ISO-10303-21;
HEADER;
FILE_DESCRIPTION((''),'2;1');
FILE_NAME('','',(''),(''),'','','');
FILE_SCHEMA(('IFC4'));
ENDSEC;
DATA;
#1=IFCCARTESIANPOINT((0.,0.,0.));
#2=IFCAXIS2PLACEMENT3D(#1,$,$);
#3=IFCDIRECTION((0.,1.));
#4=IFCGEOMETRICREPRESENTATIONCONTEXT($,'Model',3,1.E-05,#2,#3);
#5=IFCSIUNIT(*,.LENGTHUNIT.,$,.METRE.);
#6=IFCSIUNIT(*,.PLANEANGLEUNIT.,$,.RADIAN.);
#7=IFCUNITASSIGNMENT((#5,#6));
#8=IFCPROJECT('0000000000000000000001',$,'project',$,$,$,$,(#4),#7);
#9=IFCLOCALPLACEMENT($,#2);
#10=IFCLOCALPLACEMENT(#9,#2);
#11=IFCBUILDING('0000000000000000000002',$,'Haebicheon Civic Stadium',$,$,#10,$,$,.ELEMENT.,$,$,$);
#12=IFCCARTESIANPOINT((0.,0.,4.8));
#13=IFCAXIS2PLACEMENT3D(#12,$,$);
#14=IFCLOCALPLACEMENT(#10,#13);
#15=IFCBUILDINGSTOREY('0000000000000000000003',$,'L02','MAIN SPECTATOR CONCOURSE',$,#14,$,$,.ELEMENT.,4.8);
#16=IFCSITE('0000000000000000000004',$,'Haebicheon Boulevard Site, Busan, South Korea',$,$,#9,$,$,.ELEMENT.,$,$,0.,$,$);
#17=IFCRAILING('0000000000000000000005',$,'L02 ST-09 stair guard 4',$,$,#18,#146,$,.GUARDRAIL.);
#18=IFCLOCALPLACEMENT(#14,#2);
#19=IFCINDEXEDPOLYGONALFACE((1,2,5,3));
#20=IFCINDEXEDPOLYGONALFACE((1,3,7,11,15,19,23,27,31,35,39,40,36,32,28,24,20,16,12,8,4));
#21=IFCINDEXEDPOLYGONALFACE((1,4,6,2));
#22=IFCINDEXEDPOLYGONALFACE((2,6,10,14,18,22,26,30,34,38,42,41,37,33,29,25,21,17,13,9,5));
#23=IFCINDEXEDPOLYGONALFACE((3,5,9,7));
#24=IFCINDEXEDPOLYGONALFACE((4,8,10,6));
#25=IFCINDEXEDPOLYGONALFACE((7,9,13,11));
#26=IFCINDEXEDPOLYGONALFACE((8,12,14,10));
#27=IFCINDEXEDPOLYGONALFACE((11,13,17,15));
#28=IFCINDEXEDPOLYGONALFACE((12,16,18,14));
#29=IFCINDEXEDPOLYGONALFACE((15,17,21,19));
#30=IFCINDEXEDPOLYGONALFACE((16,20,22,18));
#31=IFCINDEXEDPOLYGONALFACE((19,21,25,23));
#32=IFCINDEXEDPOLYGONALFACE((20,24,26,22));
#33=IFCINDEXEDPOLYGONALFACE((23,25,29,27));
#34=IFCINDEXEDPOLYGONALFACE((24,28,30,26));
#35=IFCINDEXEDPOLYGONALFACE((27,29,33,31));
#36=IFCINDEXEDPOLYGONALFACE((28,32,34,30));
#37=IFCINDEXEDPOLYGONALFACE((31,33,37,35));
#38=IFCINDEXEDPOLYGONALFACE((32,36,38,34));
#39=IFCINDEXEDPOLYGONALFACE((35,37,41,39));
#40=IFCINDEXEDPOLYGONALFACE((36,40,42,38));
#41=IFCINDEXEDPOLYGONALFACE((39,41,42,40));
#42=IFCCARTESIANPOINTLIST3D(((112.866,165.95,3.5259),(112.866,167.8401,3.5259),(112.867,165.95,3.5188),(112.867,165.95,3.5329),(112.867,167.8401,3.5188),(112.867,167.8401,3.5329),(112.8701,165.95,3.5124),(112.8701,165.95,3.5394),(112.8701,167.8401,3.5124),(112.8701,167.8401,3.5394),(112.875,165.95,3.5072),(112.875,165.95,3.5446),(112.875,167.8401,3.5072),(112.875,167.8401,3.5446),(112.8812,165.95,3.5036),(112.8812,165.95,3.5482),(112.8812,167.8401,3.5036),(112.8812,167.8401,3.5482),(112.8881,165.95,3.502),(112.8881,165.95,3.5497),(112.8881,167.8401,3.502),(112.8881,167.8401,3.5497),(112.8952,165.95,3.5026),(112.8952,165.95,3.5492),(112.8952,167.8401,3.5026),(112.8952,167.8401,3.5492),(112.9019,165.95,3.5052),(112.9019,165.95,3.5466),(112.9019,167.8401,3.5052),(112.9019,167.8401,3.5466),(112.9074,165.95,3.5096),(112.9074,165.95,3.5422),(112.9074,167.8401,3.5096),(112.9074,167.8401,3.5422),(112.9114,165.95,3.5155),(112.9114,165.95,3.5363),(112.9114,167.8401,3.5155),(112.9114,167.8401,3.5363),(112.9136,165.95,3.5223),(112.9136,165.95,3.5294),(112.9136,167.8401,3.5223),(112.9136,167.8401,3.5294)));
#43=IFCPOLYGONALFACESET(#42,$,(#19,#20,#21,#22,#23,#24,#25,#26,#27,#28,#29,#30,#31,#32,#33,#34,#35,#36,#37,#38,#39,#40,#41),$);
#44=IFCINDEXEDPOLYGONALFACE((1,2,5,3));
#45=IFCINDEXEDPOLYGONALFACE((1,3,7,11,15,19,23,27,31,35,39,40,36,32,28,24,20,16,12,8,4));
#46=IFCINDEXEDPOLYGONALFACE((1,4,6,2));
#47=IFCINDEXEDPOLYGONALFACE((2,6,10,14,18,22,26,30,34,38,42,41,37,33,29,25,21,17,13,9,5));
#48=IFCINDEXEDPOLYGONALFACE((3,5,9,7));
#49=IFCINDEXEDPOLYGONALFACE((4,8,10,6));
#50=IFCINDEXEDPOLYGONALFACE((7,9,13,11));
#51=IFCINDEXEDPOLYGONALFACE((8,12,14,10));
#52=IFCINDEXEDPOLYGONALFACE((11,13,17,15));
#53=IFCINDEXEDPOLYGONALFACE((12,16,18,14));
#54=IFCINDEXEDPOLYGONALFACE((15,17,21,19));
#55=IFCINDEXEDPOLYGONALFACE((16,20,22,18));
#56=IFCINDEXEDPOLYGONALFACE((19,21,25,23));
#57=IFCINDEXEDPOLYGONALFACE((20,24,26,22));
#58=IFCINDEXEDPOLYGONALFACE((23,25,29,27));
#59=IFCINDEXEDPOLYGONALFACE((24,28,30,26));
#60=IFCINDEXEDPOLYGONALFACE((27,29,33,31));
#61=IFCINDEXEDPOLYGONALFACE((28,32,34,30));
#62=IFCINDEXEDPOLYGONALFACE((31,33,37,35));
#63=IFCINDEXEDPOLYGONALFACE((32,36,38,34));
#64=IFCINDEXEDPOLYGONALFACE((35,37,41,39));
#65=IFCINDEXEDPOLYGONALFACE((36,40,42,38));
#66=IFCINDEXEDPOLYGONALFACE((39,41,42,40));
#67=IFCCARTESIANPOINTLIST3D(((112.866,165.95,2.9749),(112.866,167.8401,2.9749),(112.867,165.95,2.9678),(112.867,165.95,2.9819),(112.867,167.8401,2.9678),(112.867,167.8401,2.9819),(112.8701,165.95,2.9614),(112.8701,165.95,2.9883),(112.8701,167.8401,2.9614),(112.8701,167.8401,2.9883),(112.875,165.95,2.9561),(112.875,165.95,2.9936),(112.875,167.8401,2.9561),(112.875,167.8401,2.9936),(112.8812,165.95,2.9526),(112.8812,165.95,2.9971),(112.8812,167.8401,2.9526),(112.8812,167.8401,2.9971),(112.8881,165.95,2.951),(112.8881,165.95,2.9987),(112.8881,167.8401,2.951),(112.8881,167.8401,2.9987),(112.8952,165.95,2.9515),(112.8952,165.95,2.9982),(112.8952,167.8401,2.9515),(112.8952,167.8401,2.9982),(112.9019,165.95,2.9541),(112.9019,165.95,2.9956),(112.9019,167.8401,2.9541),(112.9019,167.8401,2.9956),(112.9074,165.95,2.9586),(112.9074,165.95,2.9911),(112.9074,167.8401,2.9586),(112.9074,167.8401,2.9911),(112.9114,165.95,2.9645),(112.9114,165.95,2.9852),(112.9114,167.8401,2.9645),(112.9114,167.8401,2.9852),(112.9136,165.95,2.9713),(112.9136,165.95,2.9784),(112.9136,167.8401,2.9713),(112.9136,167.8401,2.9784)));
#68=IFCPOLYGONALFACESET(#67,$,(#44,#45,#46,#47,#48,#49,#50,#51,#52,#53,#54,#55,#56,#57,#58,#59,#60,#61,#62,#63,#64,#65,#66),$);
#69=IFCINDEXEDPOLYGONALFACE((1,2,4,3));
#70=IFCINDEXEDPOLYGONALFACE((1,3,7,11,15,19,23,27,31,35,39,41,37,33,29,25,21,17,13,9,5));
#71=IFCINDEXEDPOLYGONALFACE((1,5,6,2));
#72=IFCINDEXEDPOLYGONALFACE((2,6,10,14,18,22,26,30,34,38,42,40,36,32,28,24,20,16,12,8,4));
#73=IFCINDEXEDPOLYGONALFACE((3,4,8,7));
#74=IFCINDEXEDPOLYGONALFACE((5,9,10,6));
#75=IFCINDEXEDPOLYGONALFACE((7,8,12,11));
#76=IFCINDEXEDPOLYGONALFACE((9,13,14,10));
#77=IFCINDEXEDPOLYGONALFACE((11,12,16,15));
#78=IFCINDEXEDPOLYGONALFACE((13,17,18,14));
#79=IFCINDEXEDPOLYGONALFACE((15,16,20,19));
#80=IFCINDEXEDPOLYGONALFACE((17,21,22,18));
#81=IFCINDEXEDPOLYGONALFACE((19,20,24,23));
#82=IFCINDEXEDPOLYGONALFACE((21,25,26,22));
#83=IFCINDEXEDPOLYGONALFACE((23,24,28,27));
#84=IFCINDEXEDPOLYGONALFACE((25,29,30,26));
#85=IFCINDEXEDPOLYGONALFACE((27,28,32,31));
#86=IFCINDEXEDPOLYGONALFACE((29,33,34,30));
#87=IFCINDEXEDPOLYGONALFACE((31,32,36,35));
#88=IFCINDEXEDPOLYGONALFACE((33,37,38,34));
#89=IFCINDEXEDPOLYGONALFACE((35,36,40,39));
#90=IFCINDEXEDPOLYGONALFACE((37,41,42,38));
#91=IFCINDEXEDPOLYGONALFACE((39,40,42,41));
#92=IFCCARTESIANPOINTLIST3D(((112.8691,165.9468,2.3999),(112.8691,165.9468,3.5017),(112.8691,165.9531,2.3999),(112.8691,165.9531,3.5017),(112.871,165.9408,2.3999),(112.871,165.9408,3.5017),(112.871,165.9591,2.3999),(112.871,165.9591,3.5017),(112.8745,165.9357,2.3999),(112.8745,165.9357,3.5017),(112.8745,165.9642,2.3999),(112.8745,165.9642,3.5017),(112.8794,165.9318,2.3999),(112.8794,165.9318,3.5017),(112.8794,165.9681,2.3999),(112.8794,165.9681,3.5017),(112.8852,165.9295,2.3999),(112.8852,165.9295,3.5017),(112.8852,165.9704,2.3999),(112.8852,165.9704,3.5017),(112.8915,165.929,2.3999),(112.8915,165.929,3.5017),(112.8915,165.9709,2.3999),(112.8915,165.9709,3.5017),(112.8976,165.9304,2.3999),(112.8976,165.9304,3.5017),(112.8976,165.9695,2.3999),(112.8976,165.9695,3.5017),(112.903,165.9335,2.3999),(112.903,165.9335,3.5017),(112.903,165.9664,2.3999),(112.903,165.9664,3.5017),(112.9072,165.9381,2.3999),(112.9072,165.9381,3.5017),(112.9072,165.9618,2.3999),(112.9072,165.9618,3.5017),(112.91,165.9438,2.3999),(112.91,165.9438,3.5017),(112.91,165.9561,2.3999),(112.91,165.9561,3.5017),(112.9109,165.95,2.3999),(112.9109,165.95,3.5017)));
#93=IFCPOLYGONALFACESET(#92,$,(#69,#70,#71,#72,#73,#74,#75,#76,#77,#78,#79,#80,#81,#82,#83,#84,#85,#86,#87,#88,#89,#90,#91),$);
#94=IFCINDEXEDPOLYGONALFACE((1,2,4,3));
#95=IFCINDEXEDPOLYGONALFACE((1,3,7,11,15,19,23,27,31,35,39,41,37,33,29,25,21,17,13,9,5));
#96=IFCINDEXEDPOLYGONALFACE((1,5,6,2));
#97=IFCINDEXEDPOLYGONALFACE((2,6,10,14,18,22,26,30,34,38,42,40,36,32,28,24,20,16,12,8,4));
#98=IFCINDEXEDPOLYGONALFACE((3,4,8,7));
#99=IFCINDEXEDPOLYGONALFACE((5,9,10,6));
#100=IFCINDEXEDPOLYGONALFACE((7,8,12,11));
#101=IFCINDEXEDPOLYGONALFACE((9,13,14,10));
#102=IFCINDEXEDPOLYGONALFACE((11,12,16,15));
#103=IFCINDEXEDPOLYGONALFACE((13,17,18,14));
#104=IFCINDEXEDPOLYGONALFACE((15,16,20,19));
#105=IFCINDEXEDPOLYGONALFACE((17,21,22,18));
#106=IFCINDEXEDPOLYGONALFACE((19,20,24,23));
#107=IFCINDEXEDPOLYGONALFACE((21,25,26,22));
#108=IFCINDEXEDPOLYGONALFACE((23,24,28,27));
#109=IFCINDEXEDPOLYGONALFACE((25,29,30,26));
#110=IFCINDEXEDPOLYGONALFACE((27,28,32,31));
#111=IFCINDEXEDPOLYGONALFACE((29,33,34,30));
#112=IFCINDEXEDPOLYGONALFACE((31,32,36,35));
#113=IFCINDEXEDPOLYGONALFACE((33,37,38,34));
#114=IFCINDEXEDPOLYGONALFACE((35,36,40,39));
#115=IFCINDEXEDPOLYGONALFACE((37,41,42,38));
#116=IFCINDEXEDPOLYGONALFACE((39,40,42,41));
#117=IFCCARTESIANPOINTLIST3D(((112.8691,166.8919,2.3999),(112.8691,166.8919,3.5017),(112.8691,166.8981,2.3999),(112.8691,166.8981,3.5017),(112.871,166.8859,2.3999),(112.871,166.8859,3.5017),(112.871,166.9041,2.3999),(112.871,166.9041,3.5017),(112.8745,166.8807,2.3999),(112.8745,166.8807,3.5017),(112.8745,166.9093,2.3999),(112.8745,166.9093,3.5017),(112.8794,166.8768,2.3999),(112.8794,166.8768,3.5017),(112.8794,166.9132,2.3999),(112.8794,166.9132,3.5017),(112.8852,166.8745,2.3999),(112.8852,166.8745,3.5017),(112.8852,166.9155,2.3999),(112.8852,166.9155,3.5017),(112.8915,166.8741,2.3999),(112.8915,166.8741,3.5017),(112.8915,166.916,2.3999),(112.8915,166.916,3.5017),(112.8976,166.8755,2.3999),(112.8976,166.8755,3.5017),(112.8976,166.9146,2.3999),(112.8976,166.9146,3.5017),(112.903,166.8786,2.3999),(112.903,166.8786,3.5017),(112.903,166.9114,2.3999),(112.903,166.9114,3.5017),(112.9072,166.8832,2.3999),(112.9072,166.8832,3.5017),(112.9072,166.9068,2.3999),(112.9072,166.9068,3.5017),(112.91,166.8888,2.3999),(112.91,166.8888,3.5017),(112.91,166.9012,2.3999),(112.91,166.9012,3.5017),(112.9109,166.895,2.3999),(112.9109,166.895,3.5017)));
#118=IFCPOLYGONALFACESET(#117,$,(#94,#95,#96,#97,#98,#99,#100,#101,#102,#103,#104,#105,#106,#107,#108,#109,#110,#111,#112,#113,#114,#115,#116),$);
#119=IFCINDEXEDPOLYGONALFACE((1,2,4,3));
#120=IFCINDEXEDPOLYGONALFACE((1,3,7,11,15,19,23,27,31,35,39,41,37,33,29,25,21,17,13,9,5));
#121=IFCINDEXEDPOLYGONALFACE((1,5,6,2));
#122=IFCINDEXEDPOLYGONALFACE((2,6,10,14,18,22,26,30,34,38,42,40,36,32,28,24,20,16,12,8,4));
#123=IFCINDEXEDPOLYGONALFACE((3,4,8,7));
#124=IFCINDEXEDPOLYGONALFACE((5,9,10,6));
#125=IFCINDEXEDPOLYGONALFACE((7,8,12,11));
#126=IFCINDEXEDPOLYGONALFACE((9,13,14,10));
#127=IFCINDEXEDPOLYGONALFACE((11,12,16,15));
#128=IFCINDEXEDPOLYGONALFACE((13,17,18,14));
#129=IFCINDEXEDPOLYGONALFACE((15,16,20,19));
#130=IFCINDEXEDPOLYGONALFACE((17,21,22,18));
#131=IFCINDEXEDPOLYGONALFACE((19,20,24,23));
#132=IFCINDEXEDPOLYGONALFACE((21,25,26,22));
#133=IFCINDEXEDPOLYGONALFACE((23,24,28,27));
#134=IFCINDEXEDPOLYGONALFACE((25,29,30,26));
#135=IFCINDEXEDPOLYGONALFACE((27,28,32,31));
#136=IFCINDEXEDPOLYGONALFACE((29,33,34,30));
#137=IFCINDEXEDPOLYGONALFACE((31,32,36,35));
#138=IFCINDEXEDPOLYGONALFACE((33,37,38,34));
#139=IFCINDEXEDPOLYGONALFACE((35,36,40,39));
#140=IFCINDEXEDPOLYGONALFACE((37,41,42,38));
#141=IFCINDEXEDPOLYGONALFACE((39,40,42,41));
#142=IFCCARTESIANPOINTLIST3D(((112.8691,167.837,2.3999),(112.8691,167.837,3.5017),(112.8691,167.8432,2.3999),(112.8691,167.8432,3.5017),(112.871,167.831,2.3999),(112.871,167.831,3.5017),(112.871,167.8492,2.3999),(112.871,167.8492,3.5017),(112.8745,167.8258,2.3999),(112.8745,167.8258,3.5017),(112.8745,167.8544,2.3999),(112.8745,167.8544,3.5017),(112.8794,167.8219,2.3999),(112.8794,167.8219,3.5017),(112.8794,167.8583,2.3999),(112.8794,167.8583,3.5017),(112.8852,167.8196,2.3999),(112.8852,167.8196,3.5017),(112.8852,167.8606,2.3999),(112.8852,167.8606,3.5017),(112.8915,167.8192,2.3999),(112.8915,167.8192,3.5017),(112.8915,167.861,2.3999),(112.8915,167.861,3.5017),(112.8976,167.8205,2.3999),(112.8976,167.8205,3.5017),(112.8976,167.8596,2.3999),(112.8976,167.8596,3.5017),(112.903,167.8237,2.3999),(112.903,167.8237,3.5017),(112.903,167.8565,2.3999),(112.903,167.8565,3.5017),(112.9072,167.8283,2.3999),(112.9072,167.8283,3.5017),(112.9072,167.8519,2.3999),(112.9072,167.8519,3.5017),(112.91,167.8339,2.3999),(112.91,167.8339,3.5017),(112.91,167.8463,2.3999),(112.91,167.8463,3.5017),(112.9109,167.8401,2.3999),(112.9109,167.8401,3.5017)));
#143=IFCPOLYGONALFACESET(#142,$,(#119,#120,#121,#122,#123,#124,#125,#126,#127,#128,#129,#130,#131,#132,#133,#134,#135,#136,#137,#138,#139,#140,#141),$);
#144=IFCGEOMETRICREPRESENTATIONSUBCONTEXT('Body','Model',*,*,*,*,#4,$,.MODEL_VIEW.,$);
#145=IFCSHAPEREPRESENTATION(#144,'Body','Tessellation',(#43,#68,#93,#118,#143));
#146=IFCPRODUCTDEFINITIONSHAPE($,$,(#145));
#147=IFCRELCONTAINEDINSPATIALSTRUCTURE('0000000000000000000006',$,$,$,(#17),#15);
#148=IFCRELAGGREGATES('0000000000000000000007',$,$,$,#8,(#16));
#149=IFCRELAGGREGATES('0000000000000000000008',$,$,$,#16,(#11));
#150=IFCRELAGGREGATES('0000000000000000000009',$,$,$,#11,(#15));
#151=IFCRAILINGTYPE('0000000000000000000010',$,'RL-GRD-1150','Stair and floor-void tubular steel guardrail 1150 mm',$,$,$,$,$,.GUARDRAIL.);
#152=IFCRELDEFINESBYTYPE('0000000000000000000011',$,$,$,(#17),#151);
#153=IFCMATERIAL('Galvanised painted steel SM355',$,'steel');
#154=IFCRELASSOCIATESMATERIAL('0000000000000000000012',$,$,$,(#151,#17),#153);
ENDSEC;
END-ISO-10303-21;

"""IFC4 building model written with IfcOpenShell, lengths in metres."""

from ifc_helpers import new_model, si_unit, direction, frame, origin, origin_2d, place, context, subcontext, project, spatial, circle, extrude, material, type_object, element, save


model = new_model("IFC4")

# Units and contexts
model_context = context("Model", 3, precision=1e-05, world=origin(), true_north=direction((0.0, 1.0)))
body_context = subcontext(model_context, "Body", "Model", "MODEL_VIEW")
ifc_project = project(units=[si_unit("LENGTHUNIT", "METRE"), si_unit("PLANEANGLEUNIT", "RADIAN")], contexts=[model_context])

# Site, building, storey
site_placement = place(None, origin())
site = spatial("IfcSite", under=ifc_project, at=site_placement, Name="Haebicheon Boulevard Site, Busan, South Korea", CompositionType="ELEMENT", RefElevation=0.0)
building_placement = place(site_placement, origin())
building = spatial("IfcBuilding", under=site, at=building_placement, Name="Haebicheon Civic Stadium", CompositionType="ELEMENT")
storey_placement = place(building_placement, frame((0.0, 0.0, 4.8)))
storey = spatial("IfcBuildingStorey", under=building, at=storey_placement, Name="L02", Description="MAIN SPECTATOR CONCOURSE", CompositionType="ELEMENT", Elevation=4.8)

# Railing
ifc_material_1 = material(Name="Galvanised painted steel SM355", Category="steel")
railing_type_1 = type_object("IfcRailingType", Name="RL-GRD-1150", Description="Stair and floor-void tubular steel guardrail 1150 mm", PredefinedType="GUARDRAIL", material=ifc_material_1)
railing_1_placement = place(storey_placement, frame((112.8899, 165.95, 2.3999)))
element("IfcRailing", 1, at=railing_1_placement, inside=storey, type_object=railing_type_1, material=ifc_material_1, Name="L02 ST-09 stair guard 4", PredefinedType="GUARDRAIL", context=body_context, shape_type="SweptSolid", body=[
    extrude(circle(Radius=0.0239, at=origin_2d()), frame((0.0, 0.0, 1.126), z_axis=(0.0, 1.0, 0.0), x_axis=(-1.0, 0.0, 0.0)), (0.0, 0.0, 1.0), 1.8901),
    extrude(circle(Radius=0.0239, at=origin_2d()), frame((0.0, 0.0, 0.575), z_axis=(0.0, 1.0, 0.0), x_axis=(-1.0, 0.0, 0.0)), (0.0, 0.0, 1.0), 1.8901),
    extrude(circle(Radius=0.021, at=origin_2d()), origin(), (0.0, 0.0, 1.0), 1.1018),
    extrude(circle(Radius=0.021, at=origin_2d()), frame((0.0, 0.9451, 0.0)), (0.0, 0.0, 1.0), 1.1018),
    extrude(circle(Radius=0.021, at=origin_2d()), frame((0.0, 1.8901, 0.0)), (0.0, 0.0, 1.0), 1.1018),
])

save(model, "model.ifc")
